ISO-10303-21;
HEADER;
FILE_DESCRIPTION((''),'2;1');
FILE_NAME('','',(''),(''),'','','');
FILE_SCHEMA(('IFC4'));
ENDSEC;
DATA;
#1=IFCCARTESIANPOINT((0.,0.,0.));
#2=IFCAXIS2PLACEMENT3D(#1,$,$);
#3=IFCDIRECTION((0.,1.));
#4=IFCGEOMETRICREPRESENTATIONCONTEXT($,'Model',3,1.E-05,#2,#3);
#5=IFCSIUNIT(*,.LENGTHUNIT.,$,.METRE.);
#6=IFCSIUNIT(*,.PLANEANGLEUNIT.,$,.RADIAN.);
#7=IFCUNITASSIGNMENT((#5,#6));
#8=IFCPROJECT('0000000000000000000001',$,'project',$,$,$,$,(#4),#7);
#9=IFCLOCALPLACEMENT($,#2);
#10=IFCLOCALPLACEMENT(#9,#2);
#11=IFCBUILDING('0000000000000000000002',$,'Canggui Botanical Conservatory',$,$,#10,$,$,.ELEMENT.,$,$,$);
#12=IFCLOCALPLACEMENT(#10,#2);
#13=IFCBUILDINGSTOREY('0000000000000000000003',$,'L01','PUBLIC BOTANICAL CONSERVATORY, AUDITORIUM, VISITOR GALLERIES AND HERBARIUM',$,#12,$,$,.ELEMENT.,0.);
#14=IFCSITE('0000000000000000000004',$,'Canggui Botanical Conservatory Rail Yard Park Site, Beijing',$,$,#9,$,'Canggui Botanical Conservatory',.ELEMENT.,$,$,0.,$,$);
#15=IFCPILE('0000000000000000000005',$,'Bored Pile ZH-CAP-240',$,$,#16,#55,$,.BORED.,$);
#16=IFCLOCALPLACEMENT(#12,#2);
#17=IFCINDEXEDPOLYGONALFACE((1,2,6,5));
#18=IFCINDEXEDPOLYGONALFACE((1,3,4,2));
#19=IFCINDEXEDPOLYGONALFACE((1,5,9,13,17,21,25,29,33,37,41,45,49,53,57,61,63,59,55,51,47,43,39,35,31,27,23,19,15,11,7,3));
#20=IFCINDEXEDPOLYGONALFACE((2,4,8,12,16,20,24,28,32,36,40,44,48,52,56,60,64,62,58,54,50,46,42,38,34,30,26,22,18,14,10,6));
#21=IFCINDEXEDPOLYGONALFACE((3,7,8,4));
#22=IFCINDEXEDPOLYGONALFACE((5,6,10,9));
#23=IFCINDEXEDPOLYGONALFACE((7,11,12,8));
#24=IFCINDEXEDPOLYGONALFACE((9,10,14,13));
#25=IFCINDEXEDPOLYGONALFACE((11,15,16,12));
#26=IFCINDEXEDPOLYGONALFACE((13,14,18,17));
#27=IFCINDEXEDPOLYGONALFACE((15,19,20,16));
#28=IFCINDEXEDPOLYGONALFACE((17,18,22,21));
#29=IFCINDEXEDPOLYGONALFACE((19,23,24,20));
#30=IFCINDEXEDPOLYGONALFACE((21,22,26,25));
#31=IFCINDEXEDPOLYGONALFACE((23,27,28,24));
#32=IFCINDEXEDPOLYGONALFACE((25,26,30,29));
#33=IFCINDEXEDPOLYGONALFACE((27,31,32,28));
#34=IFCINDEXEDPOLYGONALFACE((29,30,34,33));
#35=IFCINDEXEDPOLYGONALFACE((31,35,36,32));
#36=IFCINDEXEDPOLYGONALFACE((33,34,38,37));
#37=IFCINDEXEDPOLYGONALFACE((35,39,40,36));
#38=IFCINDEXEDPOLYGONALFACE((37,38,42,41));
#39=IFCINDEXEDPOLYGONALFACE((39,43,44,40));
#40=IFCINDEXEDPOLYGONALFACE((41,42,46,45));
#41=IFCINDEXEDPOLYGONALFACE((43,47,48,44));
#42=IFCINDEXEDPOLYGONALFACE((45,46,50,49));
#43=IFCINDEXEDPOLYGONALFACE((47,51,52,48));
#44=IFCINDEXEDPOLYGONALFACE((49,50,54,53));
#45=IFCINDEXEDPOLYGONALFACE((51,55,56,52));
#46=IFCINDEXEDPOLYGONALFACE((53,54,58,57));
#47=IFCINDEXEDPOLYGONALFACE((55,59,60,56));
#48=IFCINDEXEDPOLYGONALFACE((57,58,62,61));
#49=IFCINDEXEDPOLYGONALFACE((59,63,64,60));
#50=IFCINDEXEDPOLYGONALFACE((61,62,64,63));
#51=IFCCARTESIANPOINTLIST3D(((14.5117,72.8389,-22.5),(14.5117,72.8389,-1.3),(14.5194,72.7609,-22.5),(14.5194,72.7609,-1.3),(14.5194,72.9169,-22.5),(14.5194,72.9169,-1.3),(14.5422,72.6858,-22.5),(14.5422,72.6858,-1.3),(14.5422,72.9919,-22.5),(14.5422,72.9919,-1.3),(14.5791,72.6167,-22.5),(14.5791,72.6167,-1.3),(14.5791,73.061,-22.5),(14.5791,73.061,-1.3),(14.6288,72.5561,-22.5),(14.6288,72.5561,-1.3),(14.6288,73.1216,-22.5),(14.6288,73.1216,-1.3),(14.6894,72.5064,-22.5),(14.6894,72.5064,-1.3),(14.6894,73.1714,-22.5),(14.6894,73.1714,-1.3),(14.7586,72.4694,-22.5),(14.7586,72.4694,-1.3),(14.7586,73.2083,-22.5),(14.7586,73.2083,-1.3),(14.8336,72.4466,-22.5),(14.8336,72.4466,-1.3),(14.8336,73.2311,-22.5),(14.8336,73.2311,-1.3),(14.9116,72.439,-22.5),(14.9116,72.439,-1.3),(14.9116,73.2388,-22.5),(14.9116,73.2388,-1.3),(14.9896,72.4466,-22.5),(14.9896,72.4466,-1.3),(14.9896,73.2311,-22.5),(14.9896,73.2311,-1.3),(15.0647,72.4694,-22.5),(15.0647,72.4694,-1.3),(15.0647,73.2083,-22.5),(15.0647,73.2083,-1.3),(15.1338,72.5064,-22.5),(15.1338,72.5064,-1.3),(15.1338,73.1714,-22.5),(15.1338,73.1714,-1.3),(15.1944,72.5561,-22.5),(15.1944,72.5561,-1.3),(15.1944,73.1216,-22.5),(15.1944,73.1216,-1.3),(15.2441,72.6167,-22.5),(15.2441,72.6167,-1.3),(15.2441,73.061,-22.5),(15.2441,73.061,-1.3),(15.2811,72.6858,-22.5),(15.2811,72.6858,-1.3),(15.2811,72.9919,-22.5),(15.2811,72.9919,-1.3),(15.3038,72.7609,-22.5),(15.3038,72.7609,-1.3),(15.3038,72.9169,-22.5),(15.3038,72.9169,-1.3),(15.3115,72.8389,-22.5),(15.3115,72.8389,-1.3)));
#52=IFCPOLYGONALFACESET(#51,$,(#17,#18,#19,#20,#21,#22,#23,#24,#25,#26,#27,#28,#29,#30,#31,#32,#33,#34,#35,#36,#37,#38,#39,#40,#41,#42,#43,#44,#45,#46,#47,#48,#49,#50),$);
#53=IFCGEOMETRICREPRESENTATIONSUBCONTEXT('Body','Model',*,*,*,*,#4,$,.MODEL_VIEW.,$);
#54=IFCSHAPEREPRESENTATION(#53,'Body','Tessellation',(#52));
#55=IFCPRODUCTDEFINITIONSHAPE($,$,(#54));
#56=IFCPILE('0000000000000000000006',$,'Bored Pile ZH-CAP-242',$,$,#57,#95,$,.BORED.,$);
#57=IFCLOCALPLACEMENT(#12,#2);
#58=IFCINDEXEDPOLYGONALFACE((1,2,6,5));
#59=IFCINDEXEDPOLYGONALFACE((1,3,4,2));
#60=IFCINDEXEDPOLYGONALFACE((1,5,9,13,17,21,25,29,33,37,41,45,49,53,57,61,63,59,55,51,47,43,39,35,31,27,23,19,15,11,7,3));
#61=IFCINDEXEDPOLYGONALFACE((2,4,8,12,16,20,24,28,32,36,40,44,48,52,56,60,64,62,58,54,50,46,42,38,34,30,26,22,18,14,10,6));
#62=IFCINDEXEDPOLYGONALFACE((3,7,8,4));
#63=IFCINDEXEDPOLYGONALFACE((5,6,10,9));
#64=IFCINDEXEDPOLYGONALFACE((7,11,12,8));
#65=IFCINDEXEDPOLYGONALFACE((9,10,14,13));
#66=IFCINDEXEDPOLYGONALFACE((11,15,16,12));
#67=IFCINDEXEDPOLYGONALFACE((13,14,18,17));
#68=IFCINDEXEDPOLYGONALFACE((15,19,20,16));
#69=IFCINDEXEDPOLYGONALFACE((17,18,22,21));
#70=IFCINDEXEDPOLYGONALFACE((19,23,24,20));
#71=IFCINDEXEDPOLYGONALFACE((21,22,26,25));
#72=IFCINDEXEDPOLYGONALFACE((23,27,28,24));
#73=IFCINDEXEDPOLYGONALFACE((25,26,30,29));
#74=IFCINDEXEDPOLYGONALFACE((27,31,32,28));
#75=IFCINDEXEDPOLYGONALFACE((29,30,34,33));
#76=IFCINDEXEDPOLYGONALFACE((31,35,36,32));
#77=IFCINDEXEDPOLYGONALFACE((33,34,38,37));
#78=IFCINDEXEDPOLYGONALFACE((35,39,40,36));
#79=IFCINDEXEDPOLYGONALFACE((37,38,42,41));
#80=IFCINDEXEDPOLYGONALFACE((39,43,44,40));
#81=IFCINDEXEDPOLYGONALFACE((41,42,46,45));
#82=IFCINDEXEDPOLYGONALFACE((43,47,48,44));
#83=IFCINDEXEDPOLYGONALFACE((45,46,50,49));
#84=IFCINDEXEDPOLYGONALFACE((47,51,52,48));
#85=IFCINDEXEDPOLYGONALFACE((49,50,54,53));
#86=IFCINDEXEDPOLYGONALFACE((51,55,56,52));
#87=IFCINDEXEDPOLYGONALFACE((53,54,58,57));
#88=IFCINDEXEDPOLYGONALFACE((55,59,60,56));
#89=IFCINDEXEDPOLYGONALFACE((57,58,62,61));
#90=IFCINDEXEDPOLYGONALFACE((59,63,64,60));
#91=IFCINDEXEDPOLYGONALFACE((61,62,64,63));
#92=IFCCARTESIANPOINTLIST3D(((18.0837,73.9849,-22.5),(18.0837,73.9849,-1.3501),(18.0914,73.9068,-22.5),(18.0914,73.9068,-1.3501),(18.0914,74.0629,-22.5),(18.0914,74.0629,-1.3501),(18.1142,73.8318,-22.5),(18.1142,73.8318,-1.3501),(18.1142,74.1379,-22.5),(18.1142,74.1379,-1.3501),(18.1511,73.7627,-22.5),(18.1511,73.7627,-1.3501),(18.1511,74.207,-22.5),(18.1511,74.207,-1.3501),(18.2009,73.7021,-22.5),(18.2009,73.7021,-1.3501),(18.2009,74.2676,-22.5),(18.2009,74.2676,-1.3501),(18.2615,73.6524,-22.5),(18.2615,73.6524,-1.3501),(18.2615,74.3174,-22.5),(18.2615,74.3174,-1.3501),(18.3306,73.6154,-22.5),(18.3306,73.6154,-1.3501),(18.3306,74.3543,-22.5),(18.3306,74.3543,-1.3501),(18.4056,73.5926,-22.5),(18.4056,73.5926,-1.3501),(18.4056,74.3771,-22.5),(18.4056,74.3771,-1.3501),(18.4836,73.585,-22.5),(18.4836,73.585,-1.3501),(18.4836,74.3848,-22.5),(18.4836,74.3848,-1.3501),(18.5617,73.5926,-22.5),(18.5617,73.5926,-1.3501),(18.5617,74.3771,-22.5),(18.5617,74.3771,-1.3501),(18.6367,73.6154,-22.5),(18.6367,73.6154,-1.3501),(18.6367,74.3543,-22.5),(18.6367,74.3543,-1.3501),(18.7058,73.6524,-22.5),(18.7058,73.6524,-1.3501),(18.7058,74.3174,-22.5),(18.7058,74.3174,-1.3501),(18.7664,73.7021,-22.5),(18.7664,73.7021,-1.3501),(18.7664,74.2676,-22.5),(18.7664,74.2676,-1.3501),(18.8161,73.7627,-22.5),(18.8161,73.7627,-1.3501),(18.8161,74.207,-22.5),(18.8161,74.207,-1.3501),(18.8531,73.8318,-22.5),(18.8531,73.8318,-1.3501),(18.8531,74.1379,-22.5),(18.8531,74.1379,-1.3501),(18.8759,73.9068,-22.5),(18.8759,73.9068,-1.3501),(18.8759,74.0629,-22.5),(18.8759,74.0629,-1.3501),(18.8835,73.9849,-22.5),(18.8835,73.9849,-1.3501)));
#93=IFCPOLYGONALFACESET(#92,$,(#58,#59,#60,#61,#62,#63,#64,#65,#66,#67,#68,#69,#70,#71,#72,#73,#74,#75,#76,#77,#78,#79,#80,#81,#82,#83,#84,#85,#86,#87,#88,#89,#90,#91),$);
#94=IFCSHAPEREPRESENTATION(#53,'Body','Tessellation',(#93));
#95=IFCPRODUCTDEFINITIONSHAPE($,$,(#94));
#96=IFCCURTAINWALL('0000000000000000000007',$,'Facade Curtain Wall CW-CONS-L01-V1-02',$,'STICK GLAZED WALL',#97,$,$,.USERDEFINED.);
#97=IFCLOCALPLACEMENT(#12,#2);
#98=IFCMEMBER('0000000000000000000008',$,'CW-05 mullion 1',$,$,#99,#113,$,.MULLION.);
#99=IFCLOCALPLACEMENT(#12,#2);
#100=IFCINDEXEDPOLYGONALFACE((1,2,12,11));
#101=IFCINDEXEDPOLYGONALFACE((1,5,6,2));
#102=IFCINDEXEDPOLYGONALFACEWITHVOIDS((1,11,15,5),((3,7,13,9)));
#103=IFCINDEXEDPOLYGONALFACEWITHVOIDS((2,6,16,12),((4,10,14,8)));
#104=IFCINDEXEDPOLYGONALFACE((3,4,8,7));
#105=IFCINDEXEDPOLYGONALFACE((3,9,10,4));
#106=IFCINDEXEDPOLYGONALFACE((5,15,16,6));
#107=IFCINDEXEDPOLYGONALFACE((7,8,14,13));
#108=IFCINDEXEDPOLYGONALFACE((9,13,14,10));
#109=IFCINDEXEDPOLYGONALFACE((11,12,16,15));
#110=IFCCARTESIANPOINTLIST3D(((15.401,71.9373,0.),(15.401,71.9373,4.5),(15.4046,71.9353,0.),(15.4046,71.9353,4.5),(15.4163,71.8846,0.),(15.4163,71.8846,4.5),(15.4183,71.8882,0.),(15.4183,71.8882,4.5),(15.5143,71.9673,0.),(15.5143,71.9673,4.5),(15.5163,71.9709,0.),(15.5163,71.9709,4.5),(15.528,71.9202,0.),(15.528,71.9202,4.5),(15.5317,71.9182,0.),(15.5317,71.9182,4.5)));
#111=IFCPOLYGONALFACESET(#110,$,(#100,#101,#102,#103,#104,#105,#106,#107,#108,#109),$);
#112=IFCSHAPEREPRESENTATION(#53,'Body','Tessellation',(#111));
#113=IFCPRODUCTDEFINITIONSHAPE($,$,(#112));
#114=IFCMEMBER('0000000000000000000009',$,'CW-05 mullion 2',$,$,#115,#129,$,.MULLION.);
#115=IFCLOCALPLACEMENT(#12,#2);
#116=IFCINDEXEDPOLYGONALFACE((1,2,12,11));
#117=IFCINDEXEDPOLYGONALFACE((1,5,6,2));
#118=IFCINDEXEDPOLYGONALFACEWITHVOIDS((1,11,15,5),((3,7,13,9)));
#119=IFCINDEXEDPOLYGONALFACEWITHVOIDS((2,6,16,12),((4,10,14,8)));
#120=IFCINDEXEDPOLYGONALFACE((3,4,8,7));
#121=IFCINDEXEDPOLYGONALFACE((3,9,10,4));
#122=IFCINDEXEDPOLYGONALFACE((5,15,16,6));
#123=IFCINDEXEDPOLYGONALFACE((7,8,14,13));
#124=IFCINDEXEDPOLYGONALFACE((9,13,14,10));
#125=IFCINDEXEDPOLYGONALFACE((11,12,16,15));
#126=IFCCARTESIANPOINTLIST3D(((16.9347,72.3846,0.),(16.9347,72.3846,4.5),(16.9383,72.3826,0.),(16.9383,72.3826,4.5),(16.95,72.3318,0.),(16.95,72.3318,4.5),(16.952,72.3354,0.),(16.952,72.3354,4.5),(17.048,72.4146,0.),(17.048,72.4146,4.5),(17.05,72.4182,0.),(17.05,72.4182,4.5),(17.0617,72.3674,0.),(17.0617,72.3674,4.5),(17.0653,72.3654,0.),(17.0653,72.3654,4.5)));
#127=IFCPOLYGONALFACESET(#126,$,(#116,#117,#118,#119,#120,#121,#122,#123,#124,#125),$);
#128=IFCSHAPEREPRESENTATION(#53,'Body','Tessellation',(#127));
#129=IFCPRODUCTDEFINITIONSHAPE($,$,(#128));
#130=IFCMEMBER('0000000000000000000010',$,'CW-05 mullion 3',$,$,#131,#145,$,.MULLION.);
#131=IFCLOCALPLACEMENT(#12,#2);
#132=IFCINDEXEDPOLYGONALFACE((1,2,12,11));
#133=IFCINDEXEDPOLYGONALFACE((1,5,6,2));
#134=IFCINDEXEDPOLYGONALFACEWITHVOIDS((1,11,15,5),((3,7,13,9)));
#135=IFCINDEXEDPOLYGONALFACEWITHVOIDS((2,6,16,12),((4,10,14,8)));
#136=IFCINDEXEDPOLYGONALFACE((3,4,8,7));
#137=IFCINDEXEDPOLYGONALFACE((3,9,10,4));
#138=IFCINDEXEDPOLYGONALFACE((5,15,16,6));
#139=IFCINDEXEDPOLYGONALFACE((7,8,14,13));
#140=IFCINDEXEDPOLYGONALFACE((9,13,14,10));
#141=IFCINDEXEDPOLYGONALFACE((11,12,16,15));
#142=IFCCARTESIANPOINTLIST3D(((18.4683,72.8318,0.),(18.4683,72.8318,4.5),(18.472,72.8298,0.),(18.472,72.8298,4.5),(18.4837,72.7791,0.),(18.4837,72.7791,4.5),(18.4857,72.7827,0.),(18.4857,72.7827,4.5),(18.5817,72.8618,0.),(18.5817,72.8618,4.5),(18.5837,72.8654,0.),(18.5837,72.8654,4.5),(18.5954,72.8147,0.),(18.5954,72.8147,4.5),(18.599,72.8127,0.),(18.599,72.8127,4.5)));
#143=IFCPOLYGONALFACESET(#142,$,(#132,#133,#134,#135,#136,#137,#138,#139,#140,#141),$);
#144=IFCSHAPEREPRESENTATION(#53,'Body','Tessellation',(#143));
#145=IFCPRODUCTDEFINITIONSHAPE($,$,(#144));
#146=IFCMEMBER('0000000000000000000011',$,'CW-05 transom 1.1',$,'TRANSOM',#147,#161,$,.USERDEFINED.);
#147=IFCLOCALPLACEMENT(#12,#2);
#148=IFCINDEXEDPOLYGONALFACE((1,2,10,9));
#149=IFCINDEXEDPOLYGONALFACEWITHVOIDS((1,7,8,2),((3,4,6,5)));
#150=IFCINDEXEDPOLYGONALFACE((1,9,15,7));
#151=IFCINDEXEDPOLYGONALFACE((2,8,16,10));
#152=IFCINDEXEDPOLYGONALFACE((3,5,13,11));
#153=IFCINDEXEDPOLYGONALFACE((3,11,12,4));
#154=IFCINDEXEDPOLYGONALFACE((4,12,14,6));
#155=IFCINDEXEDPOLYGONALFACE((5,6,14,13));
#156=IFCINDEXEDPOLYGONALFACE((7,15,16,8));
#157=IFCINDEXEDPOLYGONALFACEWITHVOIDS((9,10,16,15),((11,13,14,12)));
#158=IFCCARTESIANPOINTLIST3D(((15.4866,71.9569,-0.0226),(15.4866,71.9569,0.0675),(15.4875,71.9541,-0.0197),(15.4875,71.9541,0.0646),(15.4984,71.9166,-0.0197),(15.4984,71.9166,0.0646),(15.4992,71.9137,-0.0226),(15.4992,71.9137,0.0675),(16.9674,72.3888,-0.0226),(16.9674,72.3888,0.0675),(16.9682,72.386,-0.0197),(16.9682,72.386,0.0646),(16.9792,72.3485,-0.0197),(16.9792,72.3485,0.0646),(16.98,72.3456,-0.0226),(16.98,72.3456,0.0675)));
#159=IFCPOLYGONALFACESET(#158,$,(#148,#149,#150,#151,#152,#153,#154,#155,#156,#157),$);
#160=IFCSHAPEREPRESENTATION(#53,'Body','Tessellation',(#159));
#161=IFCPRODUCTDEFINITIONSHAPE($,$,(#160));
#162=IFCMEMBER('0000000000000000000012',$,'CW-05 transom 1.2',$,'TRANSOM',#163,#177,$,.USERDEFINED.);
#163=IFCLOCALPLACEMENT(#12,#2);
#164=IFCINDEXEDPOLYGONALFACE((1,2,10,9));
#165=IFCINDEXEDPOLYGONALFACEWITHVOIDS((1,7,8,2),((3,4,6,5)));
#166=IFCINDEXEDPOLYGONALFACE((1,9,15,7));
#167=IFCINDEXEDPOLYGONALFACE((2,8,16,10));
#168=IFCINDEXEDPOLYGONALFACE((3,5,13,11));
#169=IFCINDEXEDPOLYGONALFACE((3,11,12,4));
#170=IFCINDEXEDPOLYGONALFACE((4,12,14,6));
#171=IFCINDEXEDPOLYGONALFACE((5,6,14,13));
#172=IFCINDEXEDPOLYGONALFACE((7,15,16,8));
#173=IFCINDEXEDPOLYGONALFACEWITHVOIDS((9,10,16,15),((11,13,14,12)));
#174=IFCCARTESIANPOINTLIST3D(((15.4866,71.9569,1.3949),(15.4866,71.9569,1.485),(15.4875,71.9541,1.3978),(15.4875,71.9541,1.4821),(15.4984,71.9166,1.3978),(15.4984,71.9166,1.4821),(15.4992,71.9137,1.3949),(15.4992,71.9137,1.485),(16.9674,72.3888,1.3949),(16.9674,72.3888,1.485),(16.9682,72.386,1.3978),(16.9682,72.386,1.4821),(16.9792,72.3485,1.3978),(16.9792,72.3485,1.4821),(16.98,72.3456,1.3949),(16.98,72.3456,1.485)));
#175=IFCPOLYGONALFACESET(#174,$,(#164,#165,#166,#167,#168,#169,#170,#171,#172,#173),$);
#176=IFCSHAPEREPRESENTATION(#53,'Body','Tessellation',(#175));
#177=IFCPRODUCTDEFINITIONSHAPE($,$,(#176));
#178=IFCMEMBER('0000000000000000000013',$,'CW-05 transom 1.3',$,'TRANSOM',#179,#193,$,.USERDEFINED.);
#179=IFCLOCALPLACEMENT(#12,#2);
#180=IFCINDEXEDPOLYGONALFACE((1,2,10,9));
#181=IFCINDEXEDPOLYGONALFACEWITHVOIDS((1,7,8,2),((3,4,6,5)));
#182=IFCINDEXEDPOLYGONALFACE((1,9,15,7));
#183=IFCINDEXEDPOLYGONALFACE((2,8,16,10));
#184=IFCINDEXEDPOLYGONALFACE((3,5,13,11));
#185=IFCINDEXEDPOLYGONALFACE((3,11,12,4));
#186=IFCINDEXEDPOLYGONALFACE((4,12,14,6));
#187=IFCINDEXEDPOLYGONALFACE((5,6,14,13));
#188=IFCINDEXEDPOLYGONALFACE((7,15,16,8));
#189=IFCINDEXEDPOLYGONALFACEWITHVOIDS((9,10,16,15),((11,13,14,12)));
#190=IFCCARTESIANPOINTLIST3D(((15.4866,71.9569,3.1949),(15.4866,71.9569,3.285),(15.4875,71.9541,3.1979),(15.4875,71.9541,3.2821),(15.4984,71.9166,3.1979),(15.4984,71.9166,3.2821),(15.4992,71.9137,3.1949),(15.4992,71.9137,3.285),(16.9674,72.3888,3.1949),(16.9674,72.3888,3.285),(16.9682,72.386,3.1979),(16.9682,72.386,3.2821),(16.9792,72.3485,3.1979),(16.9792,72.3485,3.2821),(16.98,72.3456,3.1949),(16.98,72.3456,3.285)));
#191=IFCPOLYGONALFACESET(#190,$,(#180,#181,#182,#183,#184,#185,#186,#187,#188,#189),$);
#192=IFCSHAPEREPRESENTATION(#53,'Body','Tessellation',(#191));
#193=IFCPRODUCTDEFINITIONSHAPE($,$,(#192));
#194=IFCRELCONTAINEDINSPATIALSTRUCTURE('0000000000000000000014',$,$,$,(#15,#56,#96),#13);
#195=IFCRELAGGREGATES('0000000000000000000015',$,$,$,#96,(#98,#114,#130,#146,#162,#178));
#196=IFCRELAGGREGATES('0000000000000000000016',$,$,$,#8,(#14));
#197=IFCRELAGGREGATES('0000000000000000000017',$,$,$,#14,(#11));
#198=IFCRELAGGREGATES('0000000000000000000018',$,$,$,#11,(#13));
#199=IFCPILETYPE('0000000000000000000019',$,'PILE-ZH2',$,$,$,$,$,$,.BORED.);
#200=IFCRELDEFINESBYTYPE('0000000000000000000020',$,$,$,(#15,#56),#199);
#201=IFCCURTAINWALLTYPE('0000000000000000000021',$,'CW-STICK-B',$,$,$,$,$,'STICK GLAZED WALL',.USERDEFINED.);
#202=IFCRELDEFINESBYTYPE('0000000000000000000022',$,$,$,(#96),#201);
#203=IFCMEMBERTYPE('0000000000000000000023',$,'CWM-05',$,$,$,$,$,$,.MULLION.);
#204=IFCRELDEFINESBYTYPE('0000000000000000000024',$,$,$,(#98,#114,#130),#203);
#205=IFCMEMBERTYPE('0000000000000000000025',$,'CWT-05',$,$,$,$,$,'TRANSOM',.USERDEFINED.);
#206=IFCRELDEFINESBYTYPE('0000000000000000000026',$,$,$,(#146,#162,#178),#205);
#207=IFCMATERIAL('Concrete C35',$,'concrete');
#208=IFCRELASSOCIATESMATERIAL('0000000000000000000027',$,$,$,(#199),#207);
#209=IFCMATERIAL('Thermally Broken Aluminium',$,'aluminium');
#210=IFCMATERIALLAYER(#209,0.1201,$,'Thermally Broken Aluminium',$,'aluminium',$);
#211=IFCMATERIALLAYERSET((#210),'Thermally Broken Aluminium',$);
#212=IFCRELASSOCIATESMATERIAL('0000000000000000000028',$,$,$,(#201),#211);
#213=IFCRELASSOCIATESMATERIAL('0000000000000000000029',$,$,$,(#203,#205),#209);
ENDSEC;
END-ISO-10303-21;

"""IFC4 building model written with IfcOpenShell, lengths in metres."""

from ifc_helpers import new_model, si_unit, direction, frame, origin, origin_2d, place, context, subcontext, project, spatial, hollow_rectangle, circle, extrude, material, layer, layer_set, material_profile, profile_set, type_object, element, aggregate, save


model = new_model("IFC4")

# Units and contexts
model_context = context("Model", 3, precision=1e-05, world=origin(), true_north=direction((0.0, 1.0)))
body_context = subcontext(model_context, "Body", "Model", "MODEL_VIEW")
ifc_project = project(units=[si_unit("LENGTHUNIT", "METRE"), si_unit("PLANEANGLEUNIT", "RADIAN")], contexts=[model_context])

# Site, building, storey
site_placement = place(None, origin())
site = spatial("IfcSite", under=ifc_project, at=site_placement, Name="Canggui Botanical Conservatory Rail Yard Park Site, Beijing", LongName="Canggui Botanical Conservatory", CompositionType="ELEMENT", RefElevation=0.0)
building_placement = place(site_placement, origin())
building = spatial("IfcBuilding", under=site, at=building_placement, Name="Canggui Botanical Conservatory", CompositionType="ELEMENT")
storey_placement = place(building_placement, origin())
storey = spatial("IfcBuildingStorey", under=building, at=storey_placement, Name="L01", Description="PUBLIC BOTANICAL CONSERVATORY, AUDITORIUM, VISITOR GALLERIES AND HERBARIUM", CompositionType="ELEMENT", Elevation=0.0)

# Piles
ifc_material_1 = material(Name="Concrete C35", Category="concrete")
ifc_material_profile_1 = material_profile(ifc_material_1, circle(Radius=0.3999, at=origin_2d()), Name="PILE D800")
ifc_profile_set_1 = profile_set([ifc_material_profile_1], Name="Concrete C35")
pile_type = type_object("IfcPileType", Name="PILE-ZH2", PredefinedType="BORED", material=ifc_profile_set_1)
pile_1_placement = place(storey_placement, frame((14.9116, 72.8389, -1.3), z_axis=(0.0, 0.0, -1.0), x_axis=(1.0, 0.0, 0.0)))
element("IfcPile", 1, at=pile_1_placement, inside=storey, type_object=pile_type, Name="Bored Pile ZH-CAP-240", PredefinedType="BORED", context=body_context, shape_type="SweptSolid", body=[
    extrude(circle(Radius=0.3999, at=origin_2d()), origin(), (0.0, 0.0, 1.0), 21.2),
])
pile_2_placement = place(storey_placement, frame((18.4836, 73.9849, -1.3501), z_axis=(0.0, 0.0, -1.0), x_axis=(1.0, 0.0, 0.0)))
element("IfcPile", 2, at=pile_2_placement, inside=storey, type_object=pile_type, Name="Bored Pile ZH-CAP-242", PredefinedType="BORED", context=body_context, shape_type="SweptSolid", body=[
    extrude(circle(Radius=0.3999, at=origin_2d()), origin(), (0.0, 0.0, 1.0), 21.1499),
])

# Curtain wall, members
ifc_material_2 = material(Name="Thermally Broken Aluminium", Category="aluminium")
ifc_layer_1 = layer(ifc_material_2, 0.1201, Name="Thermally Broken Aluminium", Category="aluminium")
ifc_layer_set_1 = layer_set([ifc_layer_1], Name="Thermally Broken Aluminium")
curtain_wall_type = type_object("IfcCurtainWallType", Name="CW-STICK-B", ElementType="STICK GLAZED WALL", PredefinedType="USERDEFINED", material=ifc_layer_set_1)
curtain_wall_placement = place(storey_placement, origin())
curtain_wall = element("IfcCurtainWall", 3, at=curtain_wall_placement, inside=storey, type_object=curtain_wall_type, Name="Facade Curtain Wall CW-CONS-L01-V1-02", ObjectType="STICK GLAZED WALL", PredefinedType="USERDEFINED")
ifc_material_profile_2 = material_profile(ifc_material_2, hollow_rectangle(XDim=0.0549, YDim=0.1201, WallThickness=0.0029, at=origin_2d()), Name="CWM 55x120x3")
ifc_profile_set_2 = profile_set([ifc_material_profile_2], Name="Thermally Broken Aluminium")
member_type_1 = type_object("IfcMemberType", Name="CWM-05", PredefinedType="MULLION", material=ifc_profile_set_2)
member_1_placement = place(storey_placement, frame((15.4663, 71.9277, 0.0), z_axis=(0.0, 0.0, 1.0), x_axis=(-0.28, 0.96, 0.0)))
member_1 = element("IfcMember", 4, at=member_1_placement, type_object=member_type_1, Name="CW-05 mullion 1", PredefinedType="MULLION", context=body_context, shape_type="SweptSolid", body=[
    extrude(hollow_rectangle(XDim=0.0549, YDim=0.1201, WallThickness=0.0029, at=origin_2d()), origin(), (0.0, 0.0, 1.0), 4.5),
])
member_2_placement = place(storey_placement, frame((17.0, 72.375, 0.0), z_axis=(0.0, 0.0, 1.0), x_axis=(-0.28, 0.96, 0.0)))
member_2 = element("IfcMember", 5, at=member_2_placement, type_object=member_type_1, Name="CW-05 mullion 2", PredefinedType="MULLION", context=body_context, shape_type="SweptSolid", body=[
    extrude(hollow_rectangle(XDim=0.0549, YDim=0.1201, WallThickness=0.0029, at=origin_2d()), origin(), (0.0, 0.0, 1.0), 4.5),
])
member_3_placement = place(storey_placement, frame((18.5337, 72.8223, 0.0), z_axis=(0.0, 0.0, 1.0), x_axis=(-0.28, 0.96, 0.0)))
member_3 = element("IfcMember", 6, at=member_3_placement, type_object=member_type_1, Name="CW-05 mullion 3", PredefinedType="MULLION", context=body_context, shape_type="SweptSolid", body=[
    extrude(hollow_rectangle(XDim=0.0549, YDim=0.1201, WallThickness=0.0029, at=origin_2d()), origin(), (0.0, 0.0, 1.0), 4.5),
])
ifc_material_profile_3 = material_profile(ifc_material_2, hollow_rectangle(XDim=0.0449, YDim=0.0901, WallThickness=0.0029, at=origin_2d()), Name="CWT 45x90x3")
ifc_profile_set_3 = profile_set([ifc_material_profile_3], Name="Thermally Broken Aluminium")
member_type_2 = type_object("IfcMemberType", Name="CWT-05", ElementType="TRANSOM", PredefinedType="USERDEFINED", material=ifc_profile_set_3)
member_4_placement = place(storey_placement, frame((15.4929, 71.9353, 0.0225), z_axis=(0.959998, 0.280006, 0.0), x_axis=(-0.280006, 0.959998, 0.0)))
member_4 = element("IfcMember", 7, at=member_4_placement, type_object=member_type_2, Name="CW-05 transom 1.1", ObjectType="TRANSOM", PredefinedType="USERDEFINED", context=body_context, shape_type="SweptSolid", body=[
    extrude(hollow_rectangle(XDim=0.0449, YDim=0.0901, WallThickness=0.0029, at=origin_2d()), origin(), (0.0, 0.0, 1.0), 1.5425),
])
member_5_placement = place(storey_placement, frame((15.4929, 71.9353, 1.4399), z_axis=(0.959998, 0.280006, 0.0), x_axis=(-0.280006, 0.959998, 0.0)))
member_5 = element("IfcMember", 8, at=member_5_placement, type_object=member_type_2, Name="CW-05 transom 1.2", ObjectType="TRANSOM", PredefinedType="USERDEFINED", context=body_context, shape_type="SweptSolid", body=[
    extrude(hollow_rectangle(XDim=0.0449, YDim=0.0901, WallThickness=0.0029, at=origin_2d()), origin(), (0.0, 0.0, 1.0), 1.5425),
])
member_6_placement = place(storey_placement, frame((15.4929, 71.9353, 3.24), z_axis=(0.959998, 0.280006, 0.0), x_axis=(-0.280006, 0.959998, 0.0)))
member_6 = element("IfcMember", 9, at=member_6_placement, type_object=member_type_2, Name="CW-05 transom 1.3", ObjectType="TRANSOM", PredefinedType="USERDEFINED", context=body_context, shape_type="SweptSolid", body=[
    extrude(hollow_rectangle(XDim=0.0449, YDim=0.0901, WallThickness=0.0029, at=origin_2d()), origin(), (0.0, 0.0, 1.0), 1.5425),
])
aggregate(curtain_wall, [member_1, member_2, member_3, member_4, member_5, member_6])

save(model, "model.ifc")
